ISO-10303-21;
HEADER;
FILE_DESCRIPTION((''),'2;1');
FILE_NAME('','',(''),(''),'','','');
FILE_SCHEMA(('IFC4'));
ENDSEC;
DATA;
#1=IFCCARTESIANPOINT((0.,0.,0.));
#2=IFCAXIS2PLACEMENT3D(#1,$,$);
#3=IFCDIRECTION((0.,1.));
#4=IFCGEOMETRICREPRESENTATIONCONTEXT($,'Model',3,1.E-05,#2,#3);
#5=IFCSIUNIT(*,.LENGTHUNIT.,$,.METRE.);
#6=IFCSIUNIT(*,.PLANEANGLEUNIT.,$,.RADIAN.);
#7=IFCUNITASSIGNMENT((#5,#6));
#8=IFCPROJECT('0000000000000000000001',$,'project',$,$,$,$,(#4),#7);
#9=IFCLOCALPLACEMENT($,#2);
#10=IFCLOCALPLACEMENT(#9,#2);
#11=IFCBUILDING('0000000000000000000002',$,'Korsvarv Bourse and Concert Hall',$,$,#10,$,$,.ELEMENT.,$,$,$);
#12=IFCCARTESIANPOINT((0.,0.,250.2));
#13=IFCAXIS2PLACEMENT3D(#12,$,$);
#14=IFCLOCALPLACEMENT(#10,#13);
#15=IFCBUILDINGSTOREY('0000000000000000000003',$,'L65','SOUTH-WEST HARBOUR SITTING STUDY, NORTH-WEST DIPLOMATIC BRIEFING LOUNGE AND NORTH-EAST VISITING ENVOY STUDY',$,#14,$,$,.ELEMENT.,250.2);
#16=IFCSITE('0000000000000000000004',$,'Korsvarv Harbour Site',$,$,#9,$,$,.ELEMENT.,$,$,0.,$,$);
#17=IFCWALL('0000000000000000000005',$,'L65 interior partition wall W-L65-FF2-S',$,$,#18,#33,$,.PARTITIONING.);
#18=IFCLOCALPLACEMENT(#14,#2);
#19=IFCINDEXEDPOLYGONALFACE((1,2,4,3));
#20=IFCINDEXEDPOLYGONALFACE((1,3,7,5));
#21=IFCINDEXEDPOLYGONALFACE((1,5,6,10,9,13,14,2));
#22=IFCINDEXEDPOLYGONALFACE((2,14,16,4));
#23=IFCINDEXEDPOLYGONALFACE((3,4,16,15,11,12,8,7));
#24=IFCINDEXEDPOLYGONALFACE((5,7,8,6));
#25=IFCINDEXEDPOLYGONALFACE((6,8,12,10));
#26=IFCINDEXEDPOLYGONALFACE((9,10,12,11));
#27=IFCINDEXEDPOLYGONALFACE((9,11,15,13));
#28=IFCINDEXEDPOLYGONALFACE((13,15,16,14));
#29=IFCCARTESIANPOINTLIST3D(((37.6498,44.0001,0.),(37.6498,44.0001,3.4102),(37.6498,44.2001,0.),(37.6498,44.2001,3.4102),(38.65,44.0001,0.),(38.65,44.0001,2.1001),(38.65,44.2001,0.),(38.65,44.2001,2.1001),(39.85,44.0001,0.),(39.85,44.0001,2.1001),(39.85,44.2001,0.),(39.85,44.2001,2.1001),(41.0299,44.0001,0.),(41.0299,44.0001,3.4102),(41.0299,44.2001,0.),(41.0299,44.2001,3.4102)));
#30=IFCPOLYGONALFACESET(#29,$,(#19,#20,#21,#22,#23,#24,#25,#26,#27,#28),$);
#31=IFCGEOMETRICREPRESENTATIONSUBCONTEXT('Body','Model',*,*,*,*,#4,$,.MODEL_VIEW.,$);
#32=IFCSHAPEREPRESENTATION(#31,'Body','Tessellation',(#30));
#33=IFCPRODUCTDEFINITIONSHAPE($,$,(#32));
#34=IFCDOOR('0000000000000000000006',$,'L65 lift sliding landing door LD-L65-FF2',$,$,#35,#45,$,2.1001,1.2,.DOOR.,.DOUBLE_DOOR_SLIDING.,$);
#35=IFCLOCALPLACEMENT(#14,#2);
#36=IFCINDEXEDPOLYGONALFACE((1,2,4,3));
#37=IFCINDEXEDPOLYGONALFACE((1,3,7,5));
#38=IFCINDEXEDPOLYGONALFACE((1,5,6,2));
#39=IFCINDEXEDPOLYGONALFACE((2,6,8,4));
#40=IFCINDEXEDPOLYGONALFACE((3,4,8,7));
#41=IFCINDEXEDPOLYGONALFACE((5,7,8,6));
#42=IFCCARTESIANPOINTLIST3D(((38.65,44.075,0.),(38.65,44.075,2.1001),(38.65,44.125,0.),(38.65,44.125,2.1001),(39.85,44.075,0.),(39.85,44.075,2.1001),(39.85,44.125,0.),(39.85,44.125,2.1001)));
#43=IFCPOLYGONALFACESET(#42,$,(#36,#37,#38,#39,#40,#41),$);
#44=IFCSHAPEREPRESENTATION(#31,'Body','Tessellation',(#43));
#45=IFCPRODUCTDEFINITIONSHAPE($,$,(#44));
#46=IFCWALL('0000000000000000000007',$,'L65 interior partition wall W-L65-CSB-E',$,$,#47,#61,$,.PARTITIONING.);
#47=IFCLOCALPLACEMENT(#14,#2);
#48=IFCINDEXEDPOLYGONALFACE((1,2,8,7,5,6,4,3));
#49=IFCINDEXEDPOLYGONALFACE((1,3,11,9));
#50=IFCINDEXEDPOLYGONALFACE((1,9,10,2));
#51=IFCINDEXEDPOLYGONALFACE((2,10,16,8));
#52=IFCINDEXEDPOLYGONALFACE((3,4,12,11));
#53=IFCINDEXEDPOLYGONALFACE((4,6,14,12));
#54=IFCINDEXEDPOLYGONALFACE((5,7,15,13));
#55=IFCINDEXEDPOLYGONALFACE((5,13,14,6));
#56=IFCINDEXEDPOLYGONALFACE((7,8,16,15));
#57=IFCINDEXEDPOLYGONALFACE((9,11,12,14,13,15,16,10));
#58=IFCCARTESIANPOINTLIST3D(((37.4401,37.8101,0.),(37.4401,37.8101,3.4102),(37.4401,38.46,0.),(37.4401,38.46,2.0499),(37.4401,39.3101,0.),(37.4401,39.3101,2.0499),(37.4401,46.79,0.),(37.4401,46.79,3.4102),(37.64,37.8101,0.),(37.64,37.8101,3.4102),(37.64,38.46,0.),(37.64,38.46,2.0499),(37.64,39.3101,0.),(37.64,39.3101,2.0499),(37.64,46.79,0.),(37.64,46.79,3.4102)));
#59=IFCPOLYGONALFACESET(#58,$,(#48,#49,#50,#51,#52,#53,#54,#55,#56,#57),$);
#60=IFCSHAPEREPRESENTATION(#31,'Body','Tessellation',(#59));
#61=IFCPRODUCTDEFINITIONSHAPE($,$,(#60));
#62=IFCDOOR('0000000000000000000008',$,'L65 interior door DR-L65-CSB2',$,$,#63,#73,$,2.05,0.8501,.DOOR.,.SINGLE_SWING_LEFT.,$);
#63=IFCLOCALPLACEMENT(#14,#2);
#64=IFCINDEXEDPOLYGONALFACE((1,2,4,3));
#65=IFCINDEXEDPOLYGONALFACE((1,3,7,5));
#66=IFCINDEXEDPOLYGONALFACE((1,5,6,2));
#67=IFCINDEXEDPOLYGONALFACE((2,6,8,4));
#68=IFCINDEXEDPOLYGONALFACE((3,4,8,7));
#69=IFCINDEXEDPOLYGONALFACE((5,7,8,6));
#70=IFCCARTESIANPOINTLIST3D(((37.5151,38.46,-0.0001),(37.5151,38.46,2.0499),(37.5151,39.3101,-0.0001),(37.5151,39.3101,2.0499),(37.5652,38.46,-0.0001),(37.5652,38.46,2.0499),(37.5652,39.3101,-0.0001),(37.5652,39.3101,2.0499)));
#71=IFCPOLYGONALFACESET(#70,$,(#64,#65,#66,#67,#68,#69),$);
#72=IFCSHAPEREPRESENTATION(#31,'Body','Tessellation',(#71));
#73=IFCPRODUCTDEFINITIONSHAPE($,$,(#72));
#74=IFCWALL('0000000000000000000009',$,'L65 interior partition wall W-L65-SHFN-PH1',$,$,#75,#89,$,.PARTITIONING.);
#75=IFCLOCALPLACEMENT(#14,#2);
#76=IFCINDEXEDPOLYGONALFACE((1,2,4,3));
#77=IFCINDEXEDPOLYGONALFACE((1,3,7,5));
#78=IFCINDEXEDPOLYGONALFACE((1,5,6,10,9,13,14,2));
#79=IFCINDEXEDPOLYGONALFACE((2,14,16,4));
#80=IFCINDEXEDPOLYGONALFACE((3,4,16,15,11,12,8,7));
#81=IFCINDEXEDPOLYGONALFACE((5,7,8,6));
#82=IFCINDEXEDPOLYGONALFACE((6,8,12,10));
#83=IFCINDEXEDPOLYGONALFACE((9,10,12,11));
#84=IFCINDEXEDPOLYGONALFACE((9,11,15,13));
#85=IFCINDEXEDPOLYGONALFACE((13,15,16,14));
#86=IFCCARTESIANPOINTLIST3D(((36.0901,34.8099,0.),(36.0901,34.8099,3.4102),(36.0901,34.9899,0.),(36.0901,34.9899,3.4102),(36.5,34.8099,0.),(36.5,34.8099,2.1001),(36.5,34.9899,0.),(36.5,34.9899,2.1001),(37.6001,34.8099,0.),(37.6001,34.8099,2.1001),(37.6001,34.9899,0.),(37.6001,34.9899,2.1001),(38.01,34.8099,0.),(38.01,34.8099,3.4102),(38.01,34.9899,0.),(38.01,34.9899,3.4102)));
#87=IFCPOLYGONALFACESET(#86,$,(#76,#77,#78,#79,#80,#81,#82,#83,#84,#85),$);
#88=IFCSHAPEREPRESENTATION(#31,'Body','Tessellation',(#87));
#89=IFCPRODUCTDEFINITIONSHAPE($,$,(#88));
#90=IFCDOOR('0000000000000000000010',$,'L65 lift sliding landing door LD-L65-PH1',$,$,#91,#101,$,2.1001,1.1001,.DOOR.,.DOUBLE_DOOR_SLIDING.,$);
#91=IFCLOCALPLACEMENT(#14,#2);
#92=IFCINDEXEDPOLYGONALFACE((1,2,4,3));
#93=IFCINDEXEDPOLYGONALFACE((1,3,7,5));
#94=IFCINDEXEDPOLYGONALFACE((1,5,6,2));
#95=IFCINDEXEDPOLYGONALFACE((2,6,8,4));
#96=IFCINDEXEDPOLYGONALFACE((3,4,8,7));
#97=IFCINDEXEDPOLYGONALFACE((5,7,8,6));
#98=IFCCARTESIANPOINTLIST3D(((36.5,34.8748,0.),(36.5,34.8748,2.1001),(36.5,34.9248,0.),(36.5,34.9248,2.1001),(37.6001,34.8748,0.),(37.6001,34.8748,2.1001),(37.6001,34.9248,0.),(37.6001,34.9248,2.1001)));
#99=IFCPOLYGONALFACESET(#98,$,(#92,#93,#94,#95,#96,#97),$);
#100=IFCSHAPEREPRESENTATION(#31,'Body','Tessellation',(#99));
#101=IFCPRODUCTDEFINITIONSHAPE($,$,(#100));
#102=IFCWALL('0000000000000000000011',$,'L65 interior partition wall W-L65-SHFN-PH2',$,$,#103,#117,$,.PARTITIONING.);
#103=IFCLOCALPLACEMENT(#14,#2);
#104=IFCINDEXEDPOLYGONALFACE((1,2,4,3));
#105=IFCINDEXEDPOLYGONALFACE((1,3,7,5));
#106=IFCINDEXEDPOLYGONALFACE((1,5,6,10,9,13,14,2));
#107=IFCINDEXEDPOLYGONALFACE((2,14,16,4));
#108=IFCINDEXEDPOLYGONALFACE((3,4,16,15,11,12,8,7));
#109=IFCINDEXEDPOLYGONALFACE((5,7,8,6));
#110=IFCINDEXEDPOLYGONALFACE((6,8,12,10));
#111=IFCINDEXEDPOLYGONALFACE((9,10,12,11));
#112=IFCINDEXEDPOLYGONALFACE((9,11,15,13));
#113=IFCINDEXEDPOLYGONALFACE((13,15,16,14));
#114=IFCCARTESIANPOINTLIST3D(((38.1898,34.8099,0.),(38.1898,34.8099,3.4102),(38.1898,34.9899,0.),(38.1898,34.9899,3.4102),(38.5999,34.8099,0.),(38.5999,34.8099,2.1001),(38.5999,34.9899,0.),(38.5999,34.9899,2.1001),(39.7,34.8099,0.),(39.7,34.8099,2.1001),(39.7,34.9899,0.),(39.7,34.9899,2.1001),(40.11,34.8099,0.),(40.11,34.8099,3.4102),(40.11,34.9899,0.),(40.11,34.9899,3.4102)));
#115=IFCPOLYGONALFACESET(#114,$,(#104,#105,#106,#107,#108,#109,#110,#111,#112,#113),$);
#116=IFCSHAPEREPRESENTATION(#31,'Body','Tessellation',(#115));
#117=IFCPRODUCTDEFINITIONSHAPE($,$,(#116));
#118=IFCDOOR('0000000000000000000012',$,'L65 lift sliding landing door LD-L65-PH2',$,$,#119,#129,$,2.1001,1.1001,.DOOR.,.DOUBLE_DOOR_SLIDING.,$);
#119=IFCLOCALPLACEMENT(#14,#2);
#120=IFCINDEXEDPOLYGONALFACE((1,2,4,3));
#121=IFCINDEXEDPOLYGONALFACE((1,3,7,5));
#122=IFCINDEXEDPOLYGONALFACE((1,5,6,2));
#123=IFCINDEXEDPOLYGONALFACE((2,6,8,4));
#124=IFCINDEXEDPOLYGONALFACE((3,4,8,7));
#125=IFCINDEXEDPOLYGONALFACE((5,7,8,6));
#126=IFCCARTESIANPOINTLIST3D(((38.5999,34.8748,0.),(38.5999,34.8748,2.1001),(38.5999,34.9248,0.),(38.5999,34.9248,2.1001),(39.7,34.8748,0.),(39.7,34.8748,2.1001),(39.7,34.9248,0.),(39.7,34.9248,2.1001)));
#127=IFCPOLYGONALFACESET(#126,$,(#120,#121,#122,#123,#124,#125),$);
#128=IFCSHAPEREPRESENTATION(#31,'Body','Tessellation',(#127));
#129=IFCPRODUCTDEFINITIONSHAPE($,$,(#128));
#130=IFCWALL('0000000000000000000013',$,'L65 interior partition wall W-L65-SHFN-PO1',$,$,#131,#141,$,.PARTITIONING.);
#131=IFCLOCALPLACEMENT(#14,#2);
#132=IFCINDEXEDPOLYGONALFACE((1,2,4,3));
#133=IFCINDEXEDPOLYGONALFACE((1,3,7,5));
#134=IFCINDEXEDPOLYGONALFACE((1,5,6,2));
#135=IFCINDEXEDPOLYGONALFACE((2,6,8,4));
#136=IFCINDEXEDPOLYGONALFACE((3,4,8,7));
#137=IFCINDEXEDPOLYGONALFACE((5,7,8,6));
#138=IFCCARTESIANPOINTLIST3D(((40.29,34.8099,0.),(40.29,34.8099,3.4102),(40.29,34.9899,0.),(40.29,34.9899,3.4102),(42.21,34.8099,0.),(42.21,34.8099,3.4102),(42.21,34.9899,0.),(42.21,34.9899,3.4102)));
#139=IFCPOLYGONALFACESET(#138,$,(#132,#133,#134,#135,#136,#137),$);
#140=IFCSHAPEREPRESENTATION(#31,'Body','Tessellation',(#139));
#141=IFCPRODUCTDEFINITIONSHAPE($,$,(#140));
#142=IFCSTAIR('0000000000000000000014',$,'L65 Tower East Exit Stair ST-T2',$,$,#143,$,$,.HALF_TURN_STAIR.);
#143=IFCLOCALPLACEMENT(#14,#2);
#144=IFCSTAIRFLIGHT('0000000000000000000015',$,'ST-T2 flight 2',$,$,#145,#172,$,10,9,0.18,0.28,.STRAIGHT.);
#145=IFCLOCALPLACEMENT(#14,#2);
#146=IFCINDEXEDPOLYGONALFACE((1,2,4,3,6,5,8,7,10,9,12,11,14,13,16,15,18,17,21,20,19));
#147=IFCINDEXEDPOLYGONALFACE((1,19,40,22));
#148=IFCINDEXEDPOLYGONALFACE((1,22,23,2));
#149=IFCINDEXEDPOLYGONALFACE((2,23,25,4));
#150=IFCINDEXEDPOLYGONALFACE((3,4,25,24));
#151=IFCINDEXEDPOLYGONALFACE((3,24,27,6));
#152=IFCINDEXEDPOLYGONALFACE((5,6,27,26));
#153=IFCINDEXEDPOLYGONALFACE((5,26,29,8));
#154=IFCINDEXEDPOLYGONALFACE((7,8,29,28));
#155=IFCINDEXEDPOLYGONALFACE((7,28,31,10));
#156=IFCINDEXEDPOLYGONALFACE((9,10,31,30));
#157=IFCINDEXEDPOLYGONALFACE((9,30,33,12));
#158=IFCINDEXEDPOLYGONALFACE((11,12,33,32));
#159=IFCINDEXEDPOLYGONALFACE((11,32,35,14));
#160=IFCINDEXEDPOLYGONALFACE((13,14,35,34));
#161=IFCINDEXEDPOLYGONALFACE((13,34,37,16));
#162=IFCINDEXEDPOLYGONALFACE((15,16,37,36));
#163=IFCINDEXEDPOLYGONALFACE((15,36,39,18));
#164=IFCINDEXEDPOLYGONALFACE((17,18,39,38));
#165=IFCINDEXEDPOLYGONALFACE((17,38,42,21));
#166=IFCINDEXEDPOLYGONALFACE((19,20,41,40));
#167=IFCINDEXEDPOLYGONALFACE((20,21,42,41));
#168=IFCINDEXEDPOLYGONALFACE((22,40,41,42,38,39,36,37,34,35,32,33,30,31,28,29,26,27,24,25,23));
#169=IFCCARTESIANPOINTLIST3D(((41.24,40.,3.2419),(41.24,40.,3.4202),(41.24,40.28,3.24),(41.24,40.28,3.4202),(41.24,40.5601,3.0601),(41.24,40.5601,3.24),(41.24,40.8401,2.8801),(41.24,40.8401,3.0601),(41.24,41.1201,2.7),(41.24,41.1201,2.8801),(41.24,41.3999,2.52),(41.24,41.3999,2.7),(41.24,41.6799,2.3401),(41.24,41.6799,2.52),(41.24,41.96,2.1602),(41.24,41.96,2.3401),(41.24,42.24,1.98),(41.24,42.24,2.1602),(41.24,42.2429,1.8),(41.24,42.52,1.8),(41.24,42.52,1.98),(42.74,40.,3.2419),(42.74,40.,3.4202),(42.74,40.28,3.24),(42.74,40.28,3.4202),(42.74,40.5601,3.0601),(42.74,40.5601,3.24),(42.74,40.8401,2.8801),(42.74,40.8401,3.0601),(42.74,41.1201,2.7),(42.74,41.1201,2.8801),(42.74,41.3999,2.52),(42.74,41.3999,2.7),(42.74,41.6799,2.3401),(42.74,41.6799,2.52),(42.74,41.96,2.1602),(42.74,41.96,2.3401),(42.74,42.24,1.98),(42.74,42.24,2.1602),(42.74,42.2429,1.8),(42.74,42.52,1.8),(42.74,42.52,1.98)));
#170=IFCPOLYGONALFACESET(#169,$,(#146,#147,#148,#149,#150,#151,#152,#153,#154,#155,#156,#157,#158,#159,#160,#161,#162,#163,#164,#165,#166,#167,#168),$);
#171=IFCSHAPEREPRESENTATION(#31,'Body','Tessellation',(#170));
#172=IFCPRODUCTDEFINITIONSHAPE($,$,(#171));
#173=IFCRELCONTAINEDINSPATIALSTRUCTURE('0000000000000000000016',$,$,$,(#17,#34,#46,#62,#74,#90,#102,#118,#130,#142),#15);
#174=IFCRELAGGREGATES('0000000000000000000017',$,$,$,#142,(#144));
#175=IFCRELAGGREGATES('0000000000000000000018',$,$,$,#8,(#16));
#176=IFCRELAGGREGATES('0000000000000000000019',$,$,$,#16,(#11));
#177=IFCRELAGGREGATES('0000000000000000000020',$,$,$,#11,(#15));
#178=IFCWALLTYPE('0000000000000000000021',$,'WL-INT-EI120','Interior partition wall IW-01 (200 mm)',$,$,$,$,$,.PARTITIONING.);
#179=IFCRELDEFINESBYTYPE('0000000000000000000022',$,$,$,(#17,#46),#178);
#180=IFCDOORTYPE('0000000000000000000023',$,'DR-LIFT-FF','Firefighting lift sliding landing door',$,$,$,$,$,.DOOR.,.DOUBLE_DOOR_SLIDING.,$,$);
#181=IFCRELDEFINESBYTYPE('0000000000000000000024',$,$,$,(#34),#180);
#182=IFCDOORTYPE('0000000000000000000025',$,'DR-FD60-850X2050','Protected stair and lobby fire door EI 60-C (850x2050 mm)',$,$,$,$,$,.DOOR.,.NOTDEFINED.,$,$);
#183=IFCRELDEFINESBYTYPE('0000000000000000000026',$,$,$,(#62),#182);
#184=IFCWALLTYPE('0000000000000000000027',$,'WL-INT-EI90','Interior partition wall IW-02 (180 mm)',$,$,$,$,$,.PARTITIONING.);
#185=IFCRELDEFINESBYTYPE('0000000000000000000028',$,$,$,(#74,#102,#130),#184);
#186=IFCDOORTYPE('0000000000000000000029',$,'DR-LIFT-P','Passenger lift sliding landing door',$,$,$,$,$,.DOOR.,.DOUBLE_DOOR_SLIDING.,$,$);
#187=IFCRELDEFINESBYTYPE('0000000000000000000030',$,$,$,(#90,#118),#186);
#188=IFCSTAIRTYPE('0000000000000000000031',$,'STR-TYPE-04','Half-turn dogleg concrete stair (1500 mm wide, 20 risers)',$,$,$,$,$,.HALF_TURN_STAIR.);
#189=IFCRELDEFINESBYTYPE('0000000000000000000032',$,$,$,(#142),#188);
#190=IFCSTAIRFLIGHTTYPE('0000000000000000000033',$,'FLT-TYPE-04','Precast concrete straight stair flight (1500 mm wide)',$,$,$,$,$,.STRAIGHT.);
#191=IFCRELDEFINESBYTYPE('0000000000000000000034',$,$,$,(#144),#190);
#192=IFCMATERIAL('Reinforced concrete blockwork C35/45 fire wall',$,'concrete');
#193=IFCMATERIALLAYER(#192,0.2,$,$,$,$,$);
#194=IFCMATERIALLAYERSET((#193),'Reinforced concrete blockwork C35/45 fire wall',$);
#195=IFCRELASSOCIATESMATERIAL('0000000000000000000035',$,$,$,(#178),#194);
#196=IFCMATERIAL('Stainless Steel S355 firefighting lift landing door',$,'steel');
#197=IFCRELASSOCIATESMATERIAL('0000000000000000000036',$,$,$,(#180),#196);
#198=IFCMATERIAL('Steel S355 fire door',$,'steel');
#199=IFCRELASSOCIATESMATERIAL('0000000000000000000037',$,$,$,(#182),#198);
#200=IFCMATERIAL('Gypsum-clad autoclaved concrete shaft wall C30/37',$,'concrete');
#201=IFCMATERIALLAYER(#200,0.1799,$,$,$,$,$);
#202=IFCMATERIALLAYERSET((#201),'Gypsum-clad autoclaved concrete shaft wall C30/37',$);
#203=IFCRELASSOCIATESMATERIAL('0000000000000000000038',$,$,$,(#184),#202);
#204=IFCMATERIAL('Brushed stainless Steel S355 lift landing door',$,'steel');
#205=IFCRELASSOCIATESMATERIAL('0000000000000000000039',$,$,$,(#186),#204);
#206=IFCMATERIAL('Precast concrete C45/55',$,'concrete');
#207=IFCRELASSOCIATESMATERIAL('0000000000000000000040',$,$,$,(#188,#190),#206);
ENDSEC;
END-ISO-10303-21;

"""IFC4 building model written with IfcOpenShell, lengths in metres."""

from ifc_helpers import new_model, si_unit, direction, frame, frame_2d, origin, place, context, subcontext, project, spatial, polyline, rectangle, outline, extrude, material, layer, layer_set, type_object, element, fill, aggregate, save


model = new_model("IFC4")

# Units and contexts
model_context = context("Model", 3, precision=1e-05, world=origin(), true_north=direction((0.0, 1.0)))
body_context = subcontext(model_context, "Body", "Model", "MODEL_VIEW")
ifc_project = project(units=[si_unit("LENGTHUNIT", "METRE"), si_unit("PLANEANGLEUNIT", "RADIAN")], contexts=[model_context])

# Site, building, storey
site_placement = place(None, origin())
site = spatial("IfcSite", under=ifc_project, at=site_placement, Name="Korsvarv Harbour Site", CompositionType="ELEMENT", RefElevation=0.0)
building_placement = place(site_placement, origin())
building = spatial("IfcBuilding", under=site, at=building_placement, Name="Korsvarv Bourse and Concert Hall", CompositionType="ELEMENT")
storey_placement = place(building_placement, frame((0.0, 0.0, 250.2)))
storey = spatial("IfcBuildingStorey", under=building, at=storey_placement, Name="L65", Description="SOUTH-WEST HARBOUR SITTING STUDY, NORTH-WEST DIPLOMATIC BRIEFING LOUNGE AND NORTH-EAST VISITING ENVOY STUDY", CompositionType="ELEMENT", Elevation=250.2)

# Shared definitions
ifc_material_1 = material(Name="Steel S355 fire door", Category="steel")

# Walls, openings, doors
ifc_material_2 = material(Name="Reinforced concrete blockwork C35/45 fire wall", Category="concrete")
ifc_layer_1 = layer(ifc_material_2, 0.2)
ifc_layer_set_1 = layer_set([ifc_layer_1], Name="Reinforced concrete blockwork C35/45 fire wall")
wall_type_1 = type_object("IfcWallType", Name="WL-INT-EI120", Description="Interior partition wall IW-01 (200 mm)", PredefinedType="PARTITIONING", material=ifc_layer_set_1)
wall_1_placement = place(storey_placement, frame((37.6499, 44.1001, 0.0), z_axis=(0.0, 0.0, 1.0), x_axis=(1.0, 0.0, 0.0)))
wall_1 = element("IfcWall", 1, at=wall_1_placement, inside=storey, type_object=wall_type_1, Name="L65 interior partition wall W-L65-FF2-S", PredefinedType="PARTITIONING", context=body_context, shape_type="SweptSolid", body=[
    extrude(rectangle(XDim=3.3801, YDim=0.2, at=frame_2d((1.6899, 0.0))), origin(), (0.0, 0.0, 1.0), 3.4102),
])
opening_1_placement = place(wall_1_placement, frame((1.0, 0.0, 0.0)))
opening_1 = element("IfcOpeningElement", 2, at=opening_1_placement, cuts=wall_1, PredefinedType="OPENING", context=body_context, shape_type="SweptSolid", body=[
    extrude(rectangle(XDim=1.2, YDim=2.1001, at=frame_2d((0.6001, 1.05))), frame((0.0, 0.1099, 0.0), z_axis=(0.0, -1.0, 0.0), x_axis=(1.0, 0.0, 0.0)), (0.0, 0.0, 1.0), 0.22),
])
ifc_material_3 = material(Name="Stainless Steel S355 firefighting lift landing door", Category="steel")
door_type_1 = type_object("IfcDoorType", Name="DR-LIFT-FF", Description="Firefighting lift sliding landing door", OperationType="DOUBLE_DOOR_SLIDING", PredefinedType="DOOR", material=ifc_material_3)
door_1_placement = place(opening_1_placement, origin())
door_1 = element("IfcDoor", 3, at=door_1_placement, inside=storey, type_object=door_type_1, Name="L65 lift sliding landing door LD-L65-FF2", OperationType="DOUBLE_DOOR_SLIDING", OverallHeight=2.1001, OverallWidth=1.2, PredefinedType="DOOR", context=body_context, shape_type="SweptSolid", body=[
    extrude(rectangle(XDim=1.2, YDim=2.1001, at=frame_2d((0.6001, 1.05))), frame((0.0, 0.0249, 0.0), z_axis=(0.0, -1.0, 0.0), x_axis=(1.0, 0.0, 0.0)), (0.0, 0.0, 1.0), 0.05),
])
fill(opening_1, door_1)
wall_2_placement = place(storey_placement, frame((37.54, 37.8101, 0.0), z_axis=(0.0, 0.0, 1.0), x_axis=(0.0, 1.0, 0.0)))
wall_2 = element("IfcWall", 4, at=wall_2_placement, inside=storey, type_object=wall_type_1, Name="L65 interior partition wall W-L65-CSB-E", PredefinedType="PARTITIONING", context=body_context, shape_type="SweptSolid", body=[
    extrude(rectangle(XDim=8.98, YDim=0.2, at=frame_2d((4.49, 0.0))), origin(), (0.0, 0.0, 1.0), 3.4102),
])
opening_2_placement = place(wall_2_placement, frame((0.6499, 0.0, 0.0)))
opening_2 = element("IfcOpeningElement", 5, at=opening_2_placement, cuts=wall_2, PredefinedType="OPENING", context=body_context, shape_type="SweptSolid", body=[
    extrude(rectangle(XDim=0.8501, YDim=2.05, at=frame_2d((0.425, 1.0249))), frame((0.0, 0.1099, 0.0), z_axis=(0.0, -1.0, 0.0), x_axis=(1.0, 0.0, 0.0)), (0.0, 0.0, 1.0), 0.22),
])
door_type_2 = type_object("IfcDoorType", Name="DR-FD60-850X2050", Description="Protected stair and lobby fire door EI 60-C (850x2050 mm)", OperationType="NOTDEFINED", PredefinedType="DOOR", material=ifc_material_1)
door_2_placement = place(opening_2_placement, origin())
door_2 = element("IfcDoor", 6, at=door_2_placement, inside=storey, type_object=door_type_2, Name="L65 interior door DR-L65-CSB2", OperationType="SINGLE_SWING_LEFT", OverallHeight=2.05, OverallWidth=0.8501, PredefinedType="DOOR", context=body_context, shape_type="SweptSolid", body=[
    extrude(rectangle(XDim=0.8501, YDim=2.05, at=frame_2d((0.425, 1.0249))), frame((0.0, 0.0249, 0.0), z_axis=(0.0, -1.0, 0.0), x_axis=(1.0, 0.0, 0.0)), (0.0, 0.0, 1.0), 0.05),
])
fill(opening_2, door_2)
ifc_material_4 = material(Name="Gypsum-clad autoclaved concrete shaft wall C30/37", Category="concrete")
ifc_layer_2 = layer(ifc_material_4, 0.1799)
ifc_layer_set_2 = layer_set([ifc_layer_2], Name="Gypsum-clad autoclaved concrete shaft wall C30/37")
wall_type_2 = type_object("IfcWallType", Name="WL-INT-EI90", Description="Interior partition wall IW-02 (180 mm)", PredefinedType="PARTITIONING", material=ifc_layer_set_2)
wall_3_placement = place(storey_placement, frame((36.0901, 34.8999, 0.0), z_axis=(0.0, 0.0, 1.0), x_axis=(1.0, 0.0, 0.0)))
wall_3 = element("IfcWall", 7, at=wall_3_placement, inside=storey, type_object=wall_type_2, Name="L65 interior partition wall W-L65-SHFN-PH1", PredefinedType="PARTITIONING", context=body_context, shape_type="SweptSolid", body=[
    extrude(rectangle(XDim=1.9199, YDim=0.1799, at=frame_2d((0.96, 0.0))), origin(), (0.0, 0.0, 1.0), 3.4102),
])
opening_3_placement = place(wall_3_placement, frame((0.4099, 0.0, 0.0)))
opening_3 = element("IfcOpeningElement", 8, at=opening_3_placement, cuts=wall_3, PredefinedType="OPENING", context=body_context, shape_type="SweptSolid", body=[
    extrude(rectangle(XDim=1.1001, YDim=2.1001, at=frame_2d((0.55, 1.05))), frame((0.0, 0.1001, 0.0), z_axis=(0.0, -1.0, 0.0), x_axis=(1.0, 0.0, 0.0)), (0.0, 0.0, 1.0), 0.2),
])
ifc_material_5 = material(Name="Brushed stainless Steel S355 lift landing door", Category="steel")
door_type_3 = type_object("IfcDoorType", Name="DR-LIFT-P", Description="Passenger lift sliding landing door", OperationType="DOUBLE_DOOR_SLIDING", PredefinedType="DOOR", material=ifc_material_5)
door_3_placement = place(opening_3_placement, origin())
door_3 = element("IfcDoor", 9, at=door_3_placement, inside=storey, type_object=door_type_3, Name="L65 lift sliding landing door LD-L65-PH1", OperationType="DOUBLE_DOOR_SLIDING", OverallHeight=2.1001, OverallWidth=1.1001, PredefinedType="DOOR", context=body_context, shape_type="SweptSolid", body=[
    extrude(rectangle(XDim=1.1001, YDim=2.1001, at=frame_2d((0.55, 1.05))), frame((0.0, 0.0249, 0.0), z_axis=(0.0, -1.0, 0.0), x_axis=(1.0, 0.0, 0.0)), (0.0, 0.0, 1.0), 0.05),
])
fill(opening_3, door_3)
wall_4_placement = place(storey_placement, frame((38.1899, 34.8999, 0.0), z_axis=(0.0, 0.0, 1.0), x_axis=(1.0, 0.0, 0.0)))
wall_4 = element("IfcWall", 10, at=wall_4_placement, inside=storey, type_object=wall_type_2, Name="L65 interior partition wall W-L65-SHFN-PH2", PredefinedType="PARTITIONING", context=body_context, shape_type="SweptSolid", body=[
    extrude(rectangle(XDim=1.9202, YDim=0.1799, at=frame_2d((0.96, 0.0))), origin(), (0.0, 0.0, 1.0), 3.4102),
])
opening_4_placement = place(wall_4_placement, frame((0.4099, 0.0, 0.0)))
opening_4 = element("IfcOpeningElement", 11, at=opening_4_placement, cuts=wall_4, PredefinedType="OPENING", context=body_context, shape_type="SweptSolid", body=[
    extrude(rectangle(XDim=1.1001, YDim=2.1001, at=frame_2d((0.55, 1.05))), frame((0.0, 0.1001, 0.0), z_axis=(0.0, -1.0, 0.0), x_axis=(1.0, 0.0, 0.0)), (0.0, 0.0, 1.0), 0.2),
])
door_4_placement = place(opening_4_placement, origin())
door_4 = element("IfcDoor", 12, at=door_4_placement, inside=storey, type_object=door_type_3, Name="L65 lift sliding landing door LD-L65-PH2", OperationType="DOUBLE_DOOR_SLIDING", OverallHeight=2.1001, OverallWidth=1.1001, PredefinedType="DOOR", context=body_context, shape_type="SweptSolid", body=[
    extrude(rectangle(XDim=1.1001, YDim=2.1001, at=frame_2d((0.55, 1.05))), frame((0.0, 0.0249, 0.0), z_axis=(0.0, -1.0, 0.0), x_axis=(1.0, 0.0, 0.0)), (0.0, 0.0, 1.0), 0.05),
])
fill(opening_4, door_4)

# Wall
wall_5_placement = place(storey_placement, frame((40.29, 34.8999, 0.0), z_axis=(0.0, 0.0, 1.0), x_axis=(1.0, 0.0, 0.0)))
element("IfcWall", 13, at=wall_5_placement, inside=storey, type_object=wall_type_2, Name="L65 interior partition wall W-L65-SHFN-PO1", PredefinedType="PARTITIONING", context=body_context, shape_type="SweptSolid", body=[
    extrude(rectangle(XDim=1.9199, YDim=0.1799, at=frame_2d((0.96, 0.0))), origin(), (0.0, 0.0, 1.0), 3.4102),
])

# Stair, stair flight
ifc_material_6 = material(Name="Precast concrete C45/55", Category="concrete")
stair_type = type_object("IfcStairType", Name="STR-TYPE-04", Description="Half-turn dogleg concrete stair (1500 mm wide, 20 risers)", PredefinedType="HALF_TURN_STAIR", material=ifc_material_6)
stair_placement = place(storey_placement, origin())
stair = element("IfcStair", 14, at=stair_placement, inside=storey, type_object=stair_type, Name="L65 Tower East Exit Stair ST-T2", PredefinedType="HALF_TURN_STAIR")
stair_flight_type = type_object("IfcStairFlightType", Name="FLT-TYPE-04", Description="Precast concrete straight stair flight (1500 mm wide)", PredefinedType="STRAIGHT", material=ifc_material_6)
stair_flight_placement = place(storey_placement, frame((41.99, 42.52, 1.8), z_axis=(0.0, 0.0, 1.0), x_axis=(0.0, -1.0, 0.0)))
stair_flight = element("IfcStairFlight", 15, at=stair_flight_placement, type_object=stair_flight_type, Name="ST-T2 flight 2", NumberOfRisers=10, NumberOfTreads=9, PredefinedType="STRAIGHT", RiserHeight=0.18, TreadLength=0.28, context=body_context, shape_type="SweptSolid", body=[
    extrude(outline(polyline([(0.0, 0.0), (0.0, 0.1799), (0.28, 0.1799), (0.28, 0.3601), (0.5601, 0.3601), (0.5601, 0.54), (0.8401, 0.54), (0.8401, 0.72), (1.1201, 0.72), (1.1201, 0.8999), (1.3999, 0.8999), (1.3999, 1.0801), (1.6799, 1.0801), (1.6799, 1.26), (1.96, 1.26), (1.96, 1.4399), (2.24, 1.4399), (2.24, 1.6201), (2.52, 1.6201), (2.52, 1.8), (2.52, 1.4419), (0.2771, 0.0), (0.0, 0.0)])), frame((0.0, 0.75, 0.0), z_axis=(0.0, -1.0, 0.0), x_axis=(1.0, 0.0, 0.0)), (0.0, 0.0, 1.0), 1.5),
])
aggregate(stair, [stair_flight])

save(model, "model.ifc")
